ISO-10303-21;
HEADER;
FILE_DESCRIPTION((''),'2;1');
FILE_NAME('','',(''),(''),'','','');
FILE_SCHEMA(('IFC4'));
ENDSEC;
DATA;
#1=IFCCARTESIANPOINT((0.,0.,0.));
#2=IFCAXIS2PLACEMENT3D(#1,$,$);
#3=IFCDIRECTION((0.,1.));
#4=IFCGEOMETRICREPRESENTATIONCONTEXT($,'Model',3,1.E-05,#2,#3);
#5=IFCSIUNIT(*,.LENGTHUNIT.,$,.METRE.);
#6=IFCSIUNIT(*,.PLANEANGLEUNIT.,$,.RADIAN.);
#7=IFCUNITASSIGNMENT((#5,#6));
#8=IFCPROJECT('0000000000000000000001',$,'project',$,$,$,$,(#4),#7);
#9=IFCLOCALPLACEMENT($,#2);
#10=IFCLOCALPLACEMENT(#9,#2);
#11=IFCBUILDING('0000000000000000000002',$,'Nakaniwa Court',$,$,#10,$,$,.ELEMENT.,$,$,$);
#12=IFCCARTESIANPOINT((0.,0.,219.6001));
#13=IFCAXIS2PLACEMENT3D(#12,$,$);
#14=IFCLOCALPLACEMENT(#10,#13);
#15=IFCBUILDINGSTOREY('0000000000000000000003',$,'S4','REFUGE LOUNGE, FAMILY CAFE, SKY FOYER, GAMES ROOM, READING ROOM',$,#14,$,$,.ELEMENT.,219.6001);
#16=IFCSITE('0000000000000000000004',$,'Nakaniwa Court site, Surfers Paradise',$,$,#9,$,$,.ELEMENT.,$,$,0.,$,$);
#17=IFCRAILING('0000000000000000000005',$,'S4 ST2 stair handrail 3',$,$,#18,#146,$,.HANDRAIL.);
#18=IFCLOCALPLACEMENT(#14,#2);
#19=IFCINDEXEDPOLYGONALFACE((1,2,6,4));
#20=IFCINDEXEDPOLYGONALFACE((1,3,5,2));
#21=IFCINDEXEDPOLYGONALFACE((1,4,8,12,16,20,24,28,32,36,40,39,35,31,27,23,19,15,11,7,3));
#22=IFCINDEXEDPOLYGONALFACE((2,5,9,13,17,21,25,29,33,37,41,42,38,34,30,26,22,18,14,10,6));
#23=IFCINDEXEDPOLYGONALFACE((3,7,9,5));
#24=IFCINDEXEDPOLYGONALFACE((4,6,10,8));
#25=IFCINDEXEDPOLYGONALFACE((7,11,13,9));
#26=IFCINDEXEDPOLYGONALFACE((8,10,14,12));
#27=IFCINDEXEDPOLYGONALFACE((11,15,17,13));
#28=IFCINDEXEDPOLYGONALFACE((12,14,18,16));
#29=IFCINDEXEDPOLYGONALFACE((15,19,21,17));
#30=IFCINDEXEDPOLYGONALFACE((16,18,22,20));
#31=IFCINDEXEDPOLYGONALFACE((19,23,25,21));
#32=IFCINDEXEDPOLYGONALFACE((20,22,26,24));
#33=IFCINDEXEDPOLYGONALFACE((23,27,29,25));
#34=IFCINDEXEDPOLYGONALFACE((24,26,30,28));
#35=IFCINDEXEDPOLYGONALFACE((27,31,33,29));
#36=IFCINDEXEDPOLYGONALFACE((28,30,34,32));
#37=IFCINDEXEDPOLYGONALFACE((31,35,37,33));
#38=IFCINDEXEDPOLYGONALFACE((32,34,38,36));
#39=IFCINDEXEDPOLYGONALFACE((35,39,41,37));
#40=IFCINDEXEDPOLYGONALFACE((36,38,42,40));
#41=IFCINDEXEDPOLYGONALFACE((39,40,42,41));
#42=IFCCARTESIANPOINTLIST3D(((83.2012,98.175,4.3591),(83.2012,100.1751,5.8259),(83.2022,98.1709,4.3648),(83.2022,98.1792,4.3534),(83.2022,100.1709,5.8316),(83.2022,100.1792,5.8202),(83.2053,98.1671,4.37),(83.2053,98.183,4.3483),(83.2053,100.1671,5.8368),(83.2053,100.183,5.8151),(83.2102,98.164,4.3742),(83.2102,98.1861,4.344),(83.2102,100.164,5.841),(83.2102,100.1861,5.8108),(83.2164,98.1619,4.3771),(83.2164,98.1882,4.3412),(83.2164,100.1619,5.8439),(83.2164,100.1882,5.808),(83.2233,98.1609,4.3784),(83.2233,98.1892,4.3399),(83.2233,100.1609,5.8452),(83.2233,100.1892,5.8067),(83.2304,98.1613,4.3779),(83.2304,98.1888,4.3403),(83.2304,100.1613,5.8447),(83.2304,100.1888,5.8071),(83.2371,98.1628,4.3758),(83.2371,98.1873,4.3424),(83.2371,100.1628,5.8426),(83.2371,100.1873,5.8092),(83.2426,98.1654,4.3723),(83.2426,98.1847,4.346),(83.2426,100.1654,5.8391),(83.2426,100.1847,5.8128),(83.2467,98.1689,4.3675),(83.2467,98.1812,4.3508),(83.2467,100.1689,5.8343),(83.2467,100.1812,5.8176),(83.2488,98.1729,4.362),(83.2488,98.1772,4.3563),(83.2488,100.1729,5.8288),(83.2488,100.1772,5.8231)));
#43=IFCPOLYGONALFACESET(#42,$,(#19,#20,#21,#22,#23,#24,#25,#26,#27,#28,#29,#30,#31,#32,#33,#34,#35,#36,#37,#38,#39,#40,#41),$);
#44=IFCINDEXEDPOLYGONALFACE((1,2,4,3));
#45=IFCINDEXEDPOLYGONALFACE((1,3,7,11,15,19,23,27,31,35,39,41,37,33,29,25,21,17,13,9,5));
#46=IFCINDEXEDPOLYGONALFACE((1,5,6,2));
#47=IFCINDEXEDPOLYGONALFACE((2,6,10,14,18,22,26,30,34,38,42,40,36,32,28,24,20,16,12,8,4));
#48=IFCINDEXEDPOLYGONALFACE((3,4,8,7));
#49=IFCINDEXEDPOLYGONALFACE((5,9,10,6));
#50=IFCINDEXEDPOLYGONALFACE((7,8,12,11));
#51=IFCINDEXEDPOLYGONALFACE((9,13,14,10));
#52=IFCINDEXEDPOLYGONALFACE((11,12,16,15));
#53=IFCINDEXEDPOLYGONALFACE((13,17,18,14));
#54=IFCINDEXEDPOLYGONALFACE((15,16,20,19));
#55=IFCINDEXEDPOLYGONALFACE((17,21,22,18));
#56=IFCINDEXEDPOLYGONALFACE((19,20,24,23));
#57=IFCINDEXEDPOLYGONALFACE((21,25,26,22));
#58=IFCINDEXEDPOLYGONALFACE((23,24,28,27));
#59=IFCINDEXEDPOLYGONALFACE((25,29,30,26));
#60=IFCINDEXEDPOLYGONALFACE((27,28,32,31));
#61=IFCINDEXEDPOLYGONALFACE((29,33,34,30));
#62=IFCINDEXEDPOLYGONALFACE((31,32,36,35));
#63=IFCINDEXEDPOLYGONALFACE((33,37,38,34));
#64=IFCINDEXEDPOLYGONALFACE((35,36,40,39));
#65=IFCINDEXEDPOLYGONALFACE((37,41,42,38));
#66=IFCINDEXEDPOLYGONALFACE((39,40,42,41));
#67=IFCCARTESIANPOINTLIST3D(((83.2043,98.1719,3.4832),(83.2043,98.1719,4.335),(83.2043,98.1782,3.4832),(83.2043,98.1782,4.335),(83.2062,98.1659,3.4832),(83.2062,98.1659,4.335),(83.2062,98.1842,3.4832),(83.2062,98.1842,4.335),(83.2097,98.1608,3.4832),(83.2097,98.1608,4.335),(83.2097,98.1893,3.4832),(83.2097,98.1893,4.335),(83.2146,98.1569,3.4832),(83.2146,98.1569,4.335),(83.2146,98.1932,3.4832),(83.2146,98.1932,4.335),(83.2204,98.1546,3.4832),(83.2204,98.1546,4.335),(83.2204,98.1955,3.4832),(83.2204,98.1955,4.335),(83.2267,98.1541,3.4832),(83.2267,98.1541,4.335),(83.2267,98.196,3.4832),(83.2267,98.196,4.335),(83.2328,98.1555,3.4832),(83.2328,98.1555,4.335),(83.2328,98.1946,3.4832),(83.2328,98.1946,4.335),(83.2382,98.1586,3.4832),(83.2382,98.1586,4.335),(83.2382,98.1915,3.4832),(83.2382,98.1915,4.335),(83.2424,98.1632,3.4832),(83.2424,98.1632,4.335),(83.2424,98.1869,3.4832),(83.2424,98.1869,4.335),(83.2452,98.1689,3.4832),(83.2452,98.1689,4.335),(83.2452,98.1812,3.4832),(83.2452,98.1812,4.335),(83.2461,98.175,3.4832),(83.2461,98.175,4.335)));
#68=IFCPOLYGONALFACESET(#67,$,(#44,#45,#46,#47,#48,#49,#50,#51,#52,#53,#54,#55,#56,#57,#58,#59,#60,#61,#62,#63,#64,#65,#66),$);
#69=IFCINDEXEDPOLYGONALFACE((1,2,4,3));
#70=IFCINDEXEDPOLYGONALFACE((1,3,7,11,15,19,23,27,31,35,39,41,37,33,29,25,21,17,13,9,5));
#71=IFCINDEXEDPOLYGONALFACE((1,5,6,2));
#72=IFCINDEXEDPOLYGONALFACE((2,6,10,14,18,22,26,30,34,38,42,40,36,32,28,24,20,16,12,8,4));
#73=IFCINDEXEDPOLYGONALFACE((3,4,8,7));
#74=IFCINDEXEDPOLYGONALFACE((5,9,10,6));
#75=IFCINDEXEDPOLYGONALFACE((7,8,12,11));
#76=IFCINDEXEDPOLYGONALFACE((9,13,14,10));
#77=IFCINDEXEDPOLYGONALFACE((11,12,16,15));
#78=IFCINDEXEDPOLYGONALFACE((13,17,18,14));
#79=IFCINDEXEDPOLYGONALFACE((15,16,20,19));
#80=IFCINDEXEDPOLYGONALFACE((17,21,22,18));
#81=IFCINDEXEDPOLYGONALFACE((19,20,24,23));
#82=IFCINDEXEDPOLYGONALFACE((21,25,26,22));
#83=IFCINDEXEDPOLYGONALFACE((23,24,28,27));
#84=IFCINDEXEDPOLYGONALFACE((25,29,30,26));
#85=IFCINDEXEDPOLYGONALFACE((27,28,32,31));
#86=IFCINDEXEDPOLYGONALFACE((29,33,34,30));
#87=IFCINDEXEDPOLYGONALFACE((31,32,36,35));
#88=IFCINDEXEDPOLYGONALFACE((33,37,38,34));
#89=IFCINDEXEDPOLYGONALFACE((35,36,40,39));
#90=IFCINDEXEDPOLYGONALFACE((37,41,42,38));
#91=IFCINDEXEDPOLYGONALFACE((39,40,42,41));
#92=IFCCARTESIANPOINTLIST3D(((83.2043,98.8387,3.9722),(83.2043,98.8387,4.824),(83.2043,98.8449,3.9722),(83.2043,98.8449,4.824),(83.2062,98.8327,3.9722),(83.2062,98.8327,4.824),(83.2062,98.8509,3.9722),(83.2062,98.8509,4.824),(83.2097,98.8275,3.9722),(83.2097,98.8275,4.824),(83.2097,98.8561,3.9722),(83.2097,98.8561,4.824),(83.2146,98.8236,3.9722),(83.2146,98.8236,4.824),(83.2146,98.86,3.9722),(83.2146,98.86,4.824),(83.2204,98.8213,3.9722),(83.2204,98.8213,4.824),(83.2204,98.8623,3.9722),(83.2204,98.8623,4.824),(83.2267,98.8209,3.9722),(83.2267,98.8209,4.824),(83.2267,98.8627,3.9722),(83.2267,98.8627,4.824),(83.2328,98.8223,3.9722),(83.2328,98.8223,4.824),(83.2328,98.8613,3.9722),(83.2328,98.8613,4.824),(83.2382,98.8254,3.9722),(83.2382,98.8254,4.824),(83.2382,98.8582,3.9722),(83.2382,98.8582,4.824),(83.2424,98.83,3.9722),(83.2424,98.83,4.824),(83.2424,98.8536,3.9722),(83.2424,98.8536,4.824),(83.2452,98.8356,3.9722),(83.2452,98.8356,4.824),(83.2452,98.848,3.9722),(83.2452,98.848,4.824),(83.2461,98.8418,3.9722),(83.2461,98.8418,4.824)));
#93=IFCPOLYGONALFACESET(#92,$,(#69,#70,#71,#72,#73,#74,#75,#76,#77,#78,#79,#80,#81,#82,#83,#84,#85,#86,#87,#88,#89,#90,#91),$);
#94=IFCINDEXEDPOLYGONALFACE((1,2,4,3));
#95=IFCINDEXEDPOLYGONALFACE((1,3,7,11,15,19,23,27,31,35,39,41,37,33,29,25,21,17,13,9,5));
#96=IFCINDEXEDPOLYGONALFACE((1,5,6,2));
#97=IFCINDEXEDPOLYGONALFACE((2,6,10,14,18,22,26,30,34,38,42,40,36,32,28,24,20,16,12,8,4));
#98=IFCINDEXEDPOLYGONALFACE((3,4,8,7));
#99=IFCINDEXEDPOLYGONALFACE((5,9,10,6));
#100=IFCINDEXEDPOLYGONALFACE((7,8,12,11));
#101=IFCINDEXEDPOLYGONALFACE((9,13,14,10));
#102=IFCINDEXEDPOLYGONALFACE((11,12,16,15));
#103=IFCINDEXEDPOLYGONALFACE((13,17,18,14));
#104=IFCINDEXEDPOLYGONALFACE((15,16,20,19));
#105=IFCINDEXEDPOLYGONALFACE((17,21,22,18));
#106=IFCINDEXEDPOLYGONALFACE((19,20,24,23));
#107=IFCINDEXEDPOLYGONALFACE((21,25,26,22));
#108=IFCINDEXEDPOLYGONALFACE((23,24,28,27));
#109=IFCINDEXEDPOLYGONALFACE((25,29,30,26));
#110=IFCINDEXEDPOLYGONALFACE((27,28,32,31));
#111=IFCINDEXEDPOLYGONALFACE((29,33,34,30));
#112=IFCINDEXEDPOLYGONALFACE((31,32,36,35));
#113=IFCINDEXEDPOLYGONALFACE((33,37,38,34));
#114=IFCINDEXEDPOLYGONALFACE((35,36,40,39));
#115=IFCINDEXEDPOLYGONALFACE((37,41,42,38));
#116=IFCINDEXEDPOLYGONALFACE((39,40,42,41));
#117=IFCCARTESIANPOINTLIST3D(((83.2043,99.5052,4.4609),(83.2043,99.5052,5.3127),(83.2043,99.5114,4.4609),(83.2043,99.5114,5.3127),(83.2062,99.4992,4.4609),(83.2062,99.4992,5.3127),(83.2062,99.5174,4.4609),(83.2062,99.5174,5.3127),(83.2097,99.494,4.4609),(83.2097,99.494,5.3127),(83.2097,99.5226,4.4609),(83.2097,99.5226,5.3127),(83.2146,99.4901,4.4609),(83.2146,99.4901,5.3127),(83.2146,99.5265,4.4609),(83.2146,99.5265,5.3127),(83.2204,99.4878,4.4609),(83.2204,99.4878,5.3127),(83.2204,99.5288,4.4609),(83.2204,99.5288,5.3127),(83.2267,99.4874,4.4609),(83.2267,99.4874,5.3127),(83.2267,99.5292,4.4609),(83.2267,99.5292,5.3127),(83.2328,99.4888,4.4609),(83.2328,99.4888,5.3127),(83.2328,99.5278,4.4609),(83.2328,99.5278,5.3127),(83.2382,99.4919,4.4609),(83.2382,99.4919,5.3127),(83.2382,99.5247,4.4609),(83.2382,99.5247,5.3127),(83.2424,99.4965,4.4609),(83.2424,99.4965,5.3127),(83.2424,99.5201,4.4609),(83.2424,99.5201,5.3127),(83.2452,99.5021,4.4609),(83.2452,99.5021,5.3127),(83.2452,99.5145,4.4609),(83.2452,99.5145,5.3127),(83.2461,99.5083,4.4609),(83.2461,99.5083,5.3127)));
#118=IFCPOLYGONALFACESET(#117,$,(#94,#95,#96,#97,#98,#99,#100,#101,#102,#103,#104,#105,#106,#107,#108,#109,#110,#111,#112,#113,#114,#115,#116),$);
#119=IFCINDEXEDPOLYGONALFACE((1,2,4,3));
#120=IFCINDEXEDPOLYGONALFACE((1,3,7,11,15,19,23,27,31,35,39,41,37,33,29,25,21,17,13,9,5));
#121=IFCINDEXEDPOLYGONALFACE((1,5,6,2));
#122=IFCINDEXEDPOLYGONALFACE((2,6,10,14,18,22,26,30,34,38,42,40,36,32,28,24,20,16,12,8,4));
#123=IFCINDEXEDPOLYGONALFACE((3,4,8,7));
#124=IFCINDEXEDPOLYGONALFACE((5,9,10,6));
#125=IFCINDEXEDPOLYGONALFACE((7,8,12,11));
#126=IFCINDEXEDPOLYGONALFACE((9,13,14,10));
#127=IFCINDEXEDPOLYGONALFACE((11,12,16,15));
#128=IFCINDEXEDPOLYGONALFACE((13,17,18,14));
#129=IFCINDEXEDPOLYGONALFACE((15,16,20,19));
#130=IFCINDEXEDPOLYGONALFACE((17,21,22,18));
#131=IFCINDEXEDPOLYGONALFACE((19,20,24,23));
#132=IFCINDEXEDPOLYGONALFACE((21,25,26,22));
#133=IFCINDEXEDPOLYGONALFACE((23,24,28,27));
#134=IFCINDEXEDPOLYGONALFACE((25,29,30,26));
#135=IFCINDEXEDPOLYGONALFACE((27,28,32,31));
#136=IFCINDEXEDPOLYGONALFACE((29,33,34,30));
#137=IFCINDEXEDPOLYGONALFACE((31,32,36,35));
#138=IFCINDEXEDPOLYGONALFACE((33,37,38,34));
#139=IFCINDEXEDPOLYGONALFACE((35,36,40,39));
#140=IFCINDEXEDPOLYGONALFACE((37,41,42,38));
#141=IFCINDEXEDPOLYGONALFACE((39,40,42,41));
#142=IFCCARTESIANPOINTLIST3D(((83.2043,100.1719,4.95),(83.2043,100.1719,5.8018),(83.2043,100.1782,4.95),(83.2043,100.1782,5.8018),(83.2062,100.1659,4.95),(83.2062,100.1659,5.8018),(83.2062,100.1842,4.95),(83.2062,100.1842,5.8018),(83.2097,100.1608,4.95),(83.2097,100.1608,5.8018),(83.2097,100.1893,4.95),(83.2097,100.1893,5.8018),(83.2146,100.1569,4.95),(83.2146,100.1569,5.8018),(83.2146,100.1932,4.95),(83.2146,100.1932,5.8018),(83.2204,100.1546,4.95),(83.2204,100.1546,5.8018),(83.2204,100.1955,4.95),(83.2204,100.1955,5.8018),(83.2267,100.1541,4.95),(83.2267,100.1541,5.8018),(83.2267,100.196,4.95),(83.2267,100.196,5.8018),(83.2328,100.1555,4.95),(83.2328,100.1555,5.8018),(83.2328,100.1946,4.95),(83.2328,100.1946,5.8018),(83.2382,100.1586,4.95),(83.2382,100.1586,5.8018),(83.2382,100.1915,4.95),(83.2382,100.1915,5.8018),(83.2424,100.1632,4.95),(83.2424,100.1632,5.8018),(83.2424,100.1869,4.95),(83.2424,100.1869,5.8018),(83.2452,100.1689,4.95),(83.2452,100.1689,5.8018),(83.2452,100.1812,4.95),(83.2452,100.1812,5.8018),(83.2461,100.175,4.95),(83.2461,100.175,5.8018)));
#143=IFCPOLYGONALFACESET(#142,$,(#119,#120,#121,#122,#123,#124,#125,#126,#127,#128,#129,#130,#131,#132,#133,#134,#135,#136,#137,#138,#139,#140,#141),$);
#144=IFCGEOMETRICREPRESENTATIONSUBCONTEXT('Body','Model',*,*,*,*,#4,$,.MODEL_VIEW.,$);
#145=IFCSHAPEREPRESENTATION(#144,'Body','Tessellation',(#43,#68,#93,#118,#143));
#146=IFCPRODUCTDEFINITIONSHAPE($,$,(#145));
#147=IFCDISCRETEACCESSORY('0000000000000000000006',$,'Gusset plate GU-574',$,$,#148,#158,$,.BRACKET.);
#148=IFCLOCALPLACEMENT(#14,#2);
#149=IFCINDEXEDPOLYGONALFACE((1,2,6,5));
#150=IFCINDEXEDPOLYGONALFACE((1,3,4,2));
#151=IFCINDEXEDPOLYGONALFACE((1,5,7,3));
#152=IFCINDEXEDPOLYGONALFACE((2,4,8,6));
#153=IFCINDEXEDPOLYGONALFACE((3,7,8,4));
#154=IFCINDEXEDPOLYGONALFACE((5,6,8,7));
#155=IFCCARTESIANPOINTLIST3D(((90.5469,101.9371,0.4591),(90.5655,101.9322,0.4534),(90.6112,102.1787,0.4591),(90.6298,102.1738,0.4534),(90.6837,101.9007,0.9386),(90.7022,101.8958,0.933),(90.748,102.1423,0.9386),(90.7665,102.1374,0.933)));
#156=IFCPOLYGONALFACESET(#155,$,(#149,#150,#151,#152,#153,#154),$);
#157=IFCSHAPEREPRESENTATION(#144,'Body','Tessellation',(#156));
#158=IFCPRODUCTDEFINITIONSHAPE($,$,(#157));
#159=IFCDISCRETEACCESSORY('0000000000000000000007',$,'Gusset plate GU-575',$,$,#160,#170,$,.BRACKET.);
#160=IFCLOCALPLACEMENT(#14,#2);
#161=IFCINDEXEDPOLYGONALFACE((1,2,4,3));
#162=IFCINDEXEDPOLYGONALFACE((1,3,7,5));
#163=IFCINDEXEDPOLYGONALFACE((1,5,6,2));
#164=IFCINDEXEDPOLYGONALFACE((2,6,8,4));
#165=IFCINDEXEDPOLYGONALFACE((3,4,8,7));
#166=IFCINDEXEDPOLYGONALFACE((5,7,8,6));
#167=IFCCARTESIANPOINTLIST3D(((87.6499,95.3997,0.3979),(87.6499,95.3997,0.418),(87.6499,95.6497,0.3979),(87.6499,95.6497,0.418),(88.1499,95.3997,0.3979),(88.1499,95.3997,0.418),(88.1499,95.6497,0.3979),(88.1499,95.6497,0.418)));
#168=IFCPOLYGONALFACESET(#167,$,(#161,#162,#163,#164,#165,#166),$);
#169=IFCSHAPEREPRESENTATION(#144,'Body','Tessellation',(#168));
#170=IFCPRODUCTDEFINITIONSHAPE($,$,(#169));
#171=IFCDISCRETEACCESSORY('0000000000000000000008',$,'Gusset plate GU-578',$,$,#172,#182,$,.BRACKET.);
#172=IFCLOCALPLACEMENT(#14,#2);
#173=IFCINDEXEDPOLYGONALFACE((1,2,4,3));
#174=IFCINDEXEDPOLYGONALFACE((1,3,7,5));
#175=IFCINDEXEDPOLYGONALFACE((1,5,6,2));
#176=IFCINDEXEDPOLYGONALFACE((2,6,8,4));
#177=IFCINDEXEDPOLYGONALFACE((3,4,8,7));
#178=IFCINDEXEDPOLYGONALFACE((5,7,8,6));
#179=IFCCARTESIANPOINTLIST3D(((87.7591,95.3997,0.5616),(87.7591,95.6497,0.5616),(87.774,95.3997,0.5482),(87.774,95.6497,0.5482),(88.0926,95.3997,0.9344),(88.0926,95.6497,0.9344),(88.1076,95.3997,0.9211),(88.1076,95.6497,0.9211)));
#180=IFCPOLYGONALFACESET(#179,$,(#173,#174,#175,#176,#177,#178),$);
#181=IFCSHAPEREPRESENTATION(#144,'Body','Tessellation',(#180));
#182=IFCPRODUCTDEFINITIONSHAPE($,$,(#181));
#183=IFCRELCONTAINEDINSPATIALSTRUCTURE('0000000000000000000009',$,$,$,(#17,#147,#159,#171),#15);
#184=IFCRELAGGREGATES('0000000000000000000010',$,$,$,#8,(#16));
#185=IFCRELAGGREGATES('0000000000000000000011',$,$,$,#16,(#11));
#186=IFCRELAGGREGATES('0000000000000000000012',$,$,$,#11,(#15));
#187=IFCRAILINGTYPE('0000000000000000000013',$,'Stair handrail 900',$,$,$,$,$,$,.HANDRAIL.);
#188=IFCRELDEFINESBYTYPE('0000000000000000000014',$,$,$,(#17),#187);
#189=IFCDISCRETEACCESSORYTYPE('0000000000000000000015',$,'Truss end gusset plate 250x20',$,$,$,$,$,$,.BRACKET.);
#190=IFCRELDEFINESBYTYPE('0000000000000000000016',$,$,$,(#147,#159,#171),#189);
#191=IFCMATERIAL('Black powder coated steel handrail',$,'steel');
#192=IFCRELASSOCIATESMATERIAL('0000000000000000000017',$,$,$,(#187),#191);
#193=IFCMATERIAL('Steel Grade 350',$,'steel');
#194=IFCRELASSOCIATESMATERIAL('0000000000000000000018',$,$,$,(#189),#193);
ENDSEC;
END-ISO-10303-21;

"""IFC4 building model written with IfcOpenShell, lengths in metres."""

from ifc_helpers import new_model, si_unit, direction, frame, origin, origin_2d, place, context, subcontext, project, spatial, rectangle, circle, extrude, material, material_profile, profile_set, type_object, element, save


model = new_model("IFC4")

# Units and contexts
model_context = context("Model", 3, precision=1e-05, world=origin(), true_north=direction((0.0, 1.0)))
body_context = subcontext(model_context, "Body", "Model", "MODEL_VIEW")
ifc_project = project(units=[si_unit("LENGTHUNIT", "METRE"), si_unit("PLANEANGLEUNIT", "RADIAN")], contexts=[model_context])

# Site, building, storey
site_placement = place(None, origin())
site = spatial("IfcSite", under=ifc_project, at=site_placement, Name="Nakaniwa Court site, Surfers Paradise", CompositionType="ELEMENT", RefElevation=0.0)
building_placement = place(site_placement, origin())
building = spatial("IfcBuilding", under=site, at=building_placement, Name="Nakaniwa Court", CompositionType="ELEMENT")
storey_placement = place(building_placement, frame((0.0, 0.0, 219.6001)))
storey = spatial("IfcBuildingStorey", under=building, at=storey_placement, Name="S4", Description="REFUGE LOUNGE, FAMILY CAFE, SKY FOYER, GAMES ROOM, READING ROOM", CompositionType="ELEMENT", Elevation=219.6001)

# Shared definitions
ifc_material_1 = material(Name="Steel Grade 350", Category="steel")

# Railing
ifc_material_2 = material(Name="Black powder coated steel handrail", Category="steel")
railing_type_1 = type_object("IfcRailingType", Name="Stair handrail 900", PredefinedType="HANDRAIL", material=ifc_material_2)
railing_1_placement = place(storey_placement, frame((83.2251, 98.175, 3.4832)))
element("IfcRailing", 1, at=railing_1_placement, inside=storey, type_object=railing_type_1, Name="S4 ST2 stair handrail 3", PredefinedType="HANDRAIL", context=body_context, shape_type="SweptSolid", body=[
    extrude(circle(Radius=0.0239, at=origin_2d()), frame((0.0, 0.0, 0.876), z_axis=(0.0, 0.80638, 0.591398), x_axis=(-1.0, 0.0, 0.0)), (0.0, 0.0, 1.0), 2.4802),
    extrude(circle(Radius=0.021, at=origin_2d()), origin(), (0.0, 0.0, 1.0), 0.8518),
    extrude(circle(Radius=0.021, at=origin_2d()), frame((0.0, 0.6667, 0.489)), (0.0, 0.0, 1.0), 0.8518),
    extrude(circle(Radius=0.021, at=origin_2d()), frame((0.0, 1.3333, 0.9778)), (0.0, 0.0, 1.0), 0.8518),
    extrude(circle(Radius=0.021, at=origin_2d()), frame((0.0, 2.0, 1.4668)), (0.0, 0.0, 1.0), 0.8518),
])

# Discrete accessories
ifc_material_profile_1 = material_profile(ifc_material_1, rectangle(XDim=0.25, YDim=0.02, at=origin_2d()), Name="Truss end gusset plate 250x20")
ifc_profile_set_1 = profile_set([ifc_material_profile_1], Name="Steel Grade 350")
discrete_accessory_type = type_object("IfcDiscreteAccessoryType", Name="Truss end gusset plate 250x20", PredefinedType="BRACKET", material=ifc_profile_set_1)
for number, where, z_axis, x_axis, name in (
    (2, (90.7251, 102.019, 0.9358), (-0.273477, 0.072764, -0.959122), (-0.257126, -0.966378, 0.0), "Gusset plate GU-574"),
    (3, (88.1499, 95.5247, 0.408), (-1.0, 0.0, 0.0), (0.0, -1.0, 0.0), "Gusset plate GU-575"),
):
    element("IfcDiscreteAccessory", number, at=place(storey_placement, frame(where, z_axis=z_axis, x_axis=x_axis)), inside=storey, type_object=discrete_accessory_type, Name=name, PredefinedType="BRACKET", context=body_context, shape_type="SweptSolid", body=[
        extrude(rectangle(XDim=0.25, YDim=0.02, at=origin_2d()), origin(), (0.0, 0.0, 1.0), 0.5),
    ])
discrete_accessory_placement = place(storey_placement, frame((88.1001, 95.5247, 0.9277), z_axis=(-0.666724, 0.0, -0.745305), x_axis=(0.0, -1.0, 0.0)))
element("IfcDiscreteAccessory", 4, at=discrete_accessory_placement, inside=storey, type_object=discrete_accessory_type, Name="Gusset plate GU-578", PredefinedType="BRACKET", context=body_context, shape_type="SweptSolid", body=[
    extrude(rectangle(XDim=0.25, YDim=0.02, at=origin_2d()), origin(), (0.0, 0.0, 1.0), 0.5002),
])

save(model, "model.ifc")
